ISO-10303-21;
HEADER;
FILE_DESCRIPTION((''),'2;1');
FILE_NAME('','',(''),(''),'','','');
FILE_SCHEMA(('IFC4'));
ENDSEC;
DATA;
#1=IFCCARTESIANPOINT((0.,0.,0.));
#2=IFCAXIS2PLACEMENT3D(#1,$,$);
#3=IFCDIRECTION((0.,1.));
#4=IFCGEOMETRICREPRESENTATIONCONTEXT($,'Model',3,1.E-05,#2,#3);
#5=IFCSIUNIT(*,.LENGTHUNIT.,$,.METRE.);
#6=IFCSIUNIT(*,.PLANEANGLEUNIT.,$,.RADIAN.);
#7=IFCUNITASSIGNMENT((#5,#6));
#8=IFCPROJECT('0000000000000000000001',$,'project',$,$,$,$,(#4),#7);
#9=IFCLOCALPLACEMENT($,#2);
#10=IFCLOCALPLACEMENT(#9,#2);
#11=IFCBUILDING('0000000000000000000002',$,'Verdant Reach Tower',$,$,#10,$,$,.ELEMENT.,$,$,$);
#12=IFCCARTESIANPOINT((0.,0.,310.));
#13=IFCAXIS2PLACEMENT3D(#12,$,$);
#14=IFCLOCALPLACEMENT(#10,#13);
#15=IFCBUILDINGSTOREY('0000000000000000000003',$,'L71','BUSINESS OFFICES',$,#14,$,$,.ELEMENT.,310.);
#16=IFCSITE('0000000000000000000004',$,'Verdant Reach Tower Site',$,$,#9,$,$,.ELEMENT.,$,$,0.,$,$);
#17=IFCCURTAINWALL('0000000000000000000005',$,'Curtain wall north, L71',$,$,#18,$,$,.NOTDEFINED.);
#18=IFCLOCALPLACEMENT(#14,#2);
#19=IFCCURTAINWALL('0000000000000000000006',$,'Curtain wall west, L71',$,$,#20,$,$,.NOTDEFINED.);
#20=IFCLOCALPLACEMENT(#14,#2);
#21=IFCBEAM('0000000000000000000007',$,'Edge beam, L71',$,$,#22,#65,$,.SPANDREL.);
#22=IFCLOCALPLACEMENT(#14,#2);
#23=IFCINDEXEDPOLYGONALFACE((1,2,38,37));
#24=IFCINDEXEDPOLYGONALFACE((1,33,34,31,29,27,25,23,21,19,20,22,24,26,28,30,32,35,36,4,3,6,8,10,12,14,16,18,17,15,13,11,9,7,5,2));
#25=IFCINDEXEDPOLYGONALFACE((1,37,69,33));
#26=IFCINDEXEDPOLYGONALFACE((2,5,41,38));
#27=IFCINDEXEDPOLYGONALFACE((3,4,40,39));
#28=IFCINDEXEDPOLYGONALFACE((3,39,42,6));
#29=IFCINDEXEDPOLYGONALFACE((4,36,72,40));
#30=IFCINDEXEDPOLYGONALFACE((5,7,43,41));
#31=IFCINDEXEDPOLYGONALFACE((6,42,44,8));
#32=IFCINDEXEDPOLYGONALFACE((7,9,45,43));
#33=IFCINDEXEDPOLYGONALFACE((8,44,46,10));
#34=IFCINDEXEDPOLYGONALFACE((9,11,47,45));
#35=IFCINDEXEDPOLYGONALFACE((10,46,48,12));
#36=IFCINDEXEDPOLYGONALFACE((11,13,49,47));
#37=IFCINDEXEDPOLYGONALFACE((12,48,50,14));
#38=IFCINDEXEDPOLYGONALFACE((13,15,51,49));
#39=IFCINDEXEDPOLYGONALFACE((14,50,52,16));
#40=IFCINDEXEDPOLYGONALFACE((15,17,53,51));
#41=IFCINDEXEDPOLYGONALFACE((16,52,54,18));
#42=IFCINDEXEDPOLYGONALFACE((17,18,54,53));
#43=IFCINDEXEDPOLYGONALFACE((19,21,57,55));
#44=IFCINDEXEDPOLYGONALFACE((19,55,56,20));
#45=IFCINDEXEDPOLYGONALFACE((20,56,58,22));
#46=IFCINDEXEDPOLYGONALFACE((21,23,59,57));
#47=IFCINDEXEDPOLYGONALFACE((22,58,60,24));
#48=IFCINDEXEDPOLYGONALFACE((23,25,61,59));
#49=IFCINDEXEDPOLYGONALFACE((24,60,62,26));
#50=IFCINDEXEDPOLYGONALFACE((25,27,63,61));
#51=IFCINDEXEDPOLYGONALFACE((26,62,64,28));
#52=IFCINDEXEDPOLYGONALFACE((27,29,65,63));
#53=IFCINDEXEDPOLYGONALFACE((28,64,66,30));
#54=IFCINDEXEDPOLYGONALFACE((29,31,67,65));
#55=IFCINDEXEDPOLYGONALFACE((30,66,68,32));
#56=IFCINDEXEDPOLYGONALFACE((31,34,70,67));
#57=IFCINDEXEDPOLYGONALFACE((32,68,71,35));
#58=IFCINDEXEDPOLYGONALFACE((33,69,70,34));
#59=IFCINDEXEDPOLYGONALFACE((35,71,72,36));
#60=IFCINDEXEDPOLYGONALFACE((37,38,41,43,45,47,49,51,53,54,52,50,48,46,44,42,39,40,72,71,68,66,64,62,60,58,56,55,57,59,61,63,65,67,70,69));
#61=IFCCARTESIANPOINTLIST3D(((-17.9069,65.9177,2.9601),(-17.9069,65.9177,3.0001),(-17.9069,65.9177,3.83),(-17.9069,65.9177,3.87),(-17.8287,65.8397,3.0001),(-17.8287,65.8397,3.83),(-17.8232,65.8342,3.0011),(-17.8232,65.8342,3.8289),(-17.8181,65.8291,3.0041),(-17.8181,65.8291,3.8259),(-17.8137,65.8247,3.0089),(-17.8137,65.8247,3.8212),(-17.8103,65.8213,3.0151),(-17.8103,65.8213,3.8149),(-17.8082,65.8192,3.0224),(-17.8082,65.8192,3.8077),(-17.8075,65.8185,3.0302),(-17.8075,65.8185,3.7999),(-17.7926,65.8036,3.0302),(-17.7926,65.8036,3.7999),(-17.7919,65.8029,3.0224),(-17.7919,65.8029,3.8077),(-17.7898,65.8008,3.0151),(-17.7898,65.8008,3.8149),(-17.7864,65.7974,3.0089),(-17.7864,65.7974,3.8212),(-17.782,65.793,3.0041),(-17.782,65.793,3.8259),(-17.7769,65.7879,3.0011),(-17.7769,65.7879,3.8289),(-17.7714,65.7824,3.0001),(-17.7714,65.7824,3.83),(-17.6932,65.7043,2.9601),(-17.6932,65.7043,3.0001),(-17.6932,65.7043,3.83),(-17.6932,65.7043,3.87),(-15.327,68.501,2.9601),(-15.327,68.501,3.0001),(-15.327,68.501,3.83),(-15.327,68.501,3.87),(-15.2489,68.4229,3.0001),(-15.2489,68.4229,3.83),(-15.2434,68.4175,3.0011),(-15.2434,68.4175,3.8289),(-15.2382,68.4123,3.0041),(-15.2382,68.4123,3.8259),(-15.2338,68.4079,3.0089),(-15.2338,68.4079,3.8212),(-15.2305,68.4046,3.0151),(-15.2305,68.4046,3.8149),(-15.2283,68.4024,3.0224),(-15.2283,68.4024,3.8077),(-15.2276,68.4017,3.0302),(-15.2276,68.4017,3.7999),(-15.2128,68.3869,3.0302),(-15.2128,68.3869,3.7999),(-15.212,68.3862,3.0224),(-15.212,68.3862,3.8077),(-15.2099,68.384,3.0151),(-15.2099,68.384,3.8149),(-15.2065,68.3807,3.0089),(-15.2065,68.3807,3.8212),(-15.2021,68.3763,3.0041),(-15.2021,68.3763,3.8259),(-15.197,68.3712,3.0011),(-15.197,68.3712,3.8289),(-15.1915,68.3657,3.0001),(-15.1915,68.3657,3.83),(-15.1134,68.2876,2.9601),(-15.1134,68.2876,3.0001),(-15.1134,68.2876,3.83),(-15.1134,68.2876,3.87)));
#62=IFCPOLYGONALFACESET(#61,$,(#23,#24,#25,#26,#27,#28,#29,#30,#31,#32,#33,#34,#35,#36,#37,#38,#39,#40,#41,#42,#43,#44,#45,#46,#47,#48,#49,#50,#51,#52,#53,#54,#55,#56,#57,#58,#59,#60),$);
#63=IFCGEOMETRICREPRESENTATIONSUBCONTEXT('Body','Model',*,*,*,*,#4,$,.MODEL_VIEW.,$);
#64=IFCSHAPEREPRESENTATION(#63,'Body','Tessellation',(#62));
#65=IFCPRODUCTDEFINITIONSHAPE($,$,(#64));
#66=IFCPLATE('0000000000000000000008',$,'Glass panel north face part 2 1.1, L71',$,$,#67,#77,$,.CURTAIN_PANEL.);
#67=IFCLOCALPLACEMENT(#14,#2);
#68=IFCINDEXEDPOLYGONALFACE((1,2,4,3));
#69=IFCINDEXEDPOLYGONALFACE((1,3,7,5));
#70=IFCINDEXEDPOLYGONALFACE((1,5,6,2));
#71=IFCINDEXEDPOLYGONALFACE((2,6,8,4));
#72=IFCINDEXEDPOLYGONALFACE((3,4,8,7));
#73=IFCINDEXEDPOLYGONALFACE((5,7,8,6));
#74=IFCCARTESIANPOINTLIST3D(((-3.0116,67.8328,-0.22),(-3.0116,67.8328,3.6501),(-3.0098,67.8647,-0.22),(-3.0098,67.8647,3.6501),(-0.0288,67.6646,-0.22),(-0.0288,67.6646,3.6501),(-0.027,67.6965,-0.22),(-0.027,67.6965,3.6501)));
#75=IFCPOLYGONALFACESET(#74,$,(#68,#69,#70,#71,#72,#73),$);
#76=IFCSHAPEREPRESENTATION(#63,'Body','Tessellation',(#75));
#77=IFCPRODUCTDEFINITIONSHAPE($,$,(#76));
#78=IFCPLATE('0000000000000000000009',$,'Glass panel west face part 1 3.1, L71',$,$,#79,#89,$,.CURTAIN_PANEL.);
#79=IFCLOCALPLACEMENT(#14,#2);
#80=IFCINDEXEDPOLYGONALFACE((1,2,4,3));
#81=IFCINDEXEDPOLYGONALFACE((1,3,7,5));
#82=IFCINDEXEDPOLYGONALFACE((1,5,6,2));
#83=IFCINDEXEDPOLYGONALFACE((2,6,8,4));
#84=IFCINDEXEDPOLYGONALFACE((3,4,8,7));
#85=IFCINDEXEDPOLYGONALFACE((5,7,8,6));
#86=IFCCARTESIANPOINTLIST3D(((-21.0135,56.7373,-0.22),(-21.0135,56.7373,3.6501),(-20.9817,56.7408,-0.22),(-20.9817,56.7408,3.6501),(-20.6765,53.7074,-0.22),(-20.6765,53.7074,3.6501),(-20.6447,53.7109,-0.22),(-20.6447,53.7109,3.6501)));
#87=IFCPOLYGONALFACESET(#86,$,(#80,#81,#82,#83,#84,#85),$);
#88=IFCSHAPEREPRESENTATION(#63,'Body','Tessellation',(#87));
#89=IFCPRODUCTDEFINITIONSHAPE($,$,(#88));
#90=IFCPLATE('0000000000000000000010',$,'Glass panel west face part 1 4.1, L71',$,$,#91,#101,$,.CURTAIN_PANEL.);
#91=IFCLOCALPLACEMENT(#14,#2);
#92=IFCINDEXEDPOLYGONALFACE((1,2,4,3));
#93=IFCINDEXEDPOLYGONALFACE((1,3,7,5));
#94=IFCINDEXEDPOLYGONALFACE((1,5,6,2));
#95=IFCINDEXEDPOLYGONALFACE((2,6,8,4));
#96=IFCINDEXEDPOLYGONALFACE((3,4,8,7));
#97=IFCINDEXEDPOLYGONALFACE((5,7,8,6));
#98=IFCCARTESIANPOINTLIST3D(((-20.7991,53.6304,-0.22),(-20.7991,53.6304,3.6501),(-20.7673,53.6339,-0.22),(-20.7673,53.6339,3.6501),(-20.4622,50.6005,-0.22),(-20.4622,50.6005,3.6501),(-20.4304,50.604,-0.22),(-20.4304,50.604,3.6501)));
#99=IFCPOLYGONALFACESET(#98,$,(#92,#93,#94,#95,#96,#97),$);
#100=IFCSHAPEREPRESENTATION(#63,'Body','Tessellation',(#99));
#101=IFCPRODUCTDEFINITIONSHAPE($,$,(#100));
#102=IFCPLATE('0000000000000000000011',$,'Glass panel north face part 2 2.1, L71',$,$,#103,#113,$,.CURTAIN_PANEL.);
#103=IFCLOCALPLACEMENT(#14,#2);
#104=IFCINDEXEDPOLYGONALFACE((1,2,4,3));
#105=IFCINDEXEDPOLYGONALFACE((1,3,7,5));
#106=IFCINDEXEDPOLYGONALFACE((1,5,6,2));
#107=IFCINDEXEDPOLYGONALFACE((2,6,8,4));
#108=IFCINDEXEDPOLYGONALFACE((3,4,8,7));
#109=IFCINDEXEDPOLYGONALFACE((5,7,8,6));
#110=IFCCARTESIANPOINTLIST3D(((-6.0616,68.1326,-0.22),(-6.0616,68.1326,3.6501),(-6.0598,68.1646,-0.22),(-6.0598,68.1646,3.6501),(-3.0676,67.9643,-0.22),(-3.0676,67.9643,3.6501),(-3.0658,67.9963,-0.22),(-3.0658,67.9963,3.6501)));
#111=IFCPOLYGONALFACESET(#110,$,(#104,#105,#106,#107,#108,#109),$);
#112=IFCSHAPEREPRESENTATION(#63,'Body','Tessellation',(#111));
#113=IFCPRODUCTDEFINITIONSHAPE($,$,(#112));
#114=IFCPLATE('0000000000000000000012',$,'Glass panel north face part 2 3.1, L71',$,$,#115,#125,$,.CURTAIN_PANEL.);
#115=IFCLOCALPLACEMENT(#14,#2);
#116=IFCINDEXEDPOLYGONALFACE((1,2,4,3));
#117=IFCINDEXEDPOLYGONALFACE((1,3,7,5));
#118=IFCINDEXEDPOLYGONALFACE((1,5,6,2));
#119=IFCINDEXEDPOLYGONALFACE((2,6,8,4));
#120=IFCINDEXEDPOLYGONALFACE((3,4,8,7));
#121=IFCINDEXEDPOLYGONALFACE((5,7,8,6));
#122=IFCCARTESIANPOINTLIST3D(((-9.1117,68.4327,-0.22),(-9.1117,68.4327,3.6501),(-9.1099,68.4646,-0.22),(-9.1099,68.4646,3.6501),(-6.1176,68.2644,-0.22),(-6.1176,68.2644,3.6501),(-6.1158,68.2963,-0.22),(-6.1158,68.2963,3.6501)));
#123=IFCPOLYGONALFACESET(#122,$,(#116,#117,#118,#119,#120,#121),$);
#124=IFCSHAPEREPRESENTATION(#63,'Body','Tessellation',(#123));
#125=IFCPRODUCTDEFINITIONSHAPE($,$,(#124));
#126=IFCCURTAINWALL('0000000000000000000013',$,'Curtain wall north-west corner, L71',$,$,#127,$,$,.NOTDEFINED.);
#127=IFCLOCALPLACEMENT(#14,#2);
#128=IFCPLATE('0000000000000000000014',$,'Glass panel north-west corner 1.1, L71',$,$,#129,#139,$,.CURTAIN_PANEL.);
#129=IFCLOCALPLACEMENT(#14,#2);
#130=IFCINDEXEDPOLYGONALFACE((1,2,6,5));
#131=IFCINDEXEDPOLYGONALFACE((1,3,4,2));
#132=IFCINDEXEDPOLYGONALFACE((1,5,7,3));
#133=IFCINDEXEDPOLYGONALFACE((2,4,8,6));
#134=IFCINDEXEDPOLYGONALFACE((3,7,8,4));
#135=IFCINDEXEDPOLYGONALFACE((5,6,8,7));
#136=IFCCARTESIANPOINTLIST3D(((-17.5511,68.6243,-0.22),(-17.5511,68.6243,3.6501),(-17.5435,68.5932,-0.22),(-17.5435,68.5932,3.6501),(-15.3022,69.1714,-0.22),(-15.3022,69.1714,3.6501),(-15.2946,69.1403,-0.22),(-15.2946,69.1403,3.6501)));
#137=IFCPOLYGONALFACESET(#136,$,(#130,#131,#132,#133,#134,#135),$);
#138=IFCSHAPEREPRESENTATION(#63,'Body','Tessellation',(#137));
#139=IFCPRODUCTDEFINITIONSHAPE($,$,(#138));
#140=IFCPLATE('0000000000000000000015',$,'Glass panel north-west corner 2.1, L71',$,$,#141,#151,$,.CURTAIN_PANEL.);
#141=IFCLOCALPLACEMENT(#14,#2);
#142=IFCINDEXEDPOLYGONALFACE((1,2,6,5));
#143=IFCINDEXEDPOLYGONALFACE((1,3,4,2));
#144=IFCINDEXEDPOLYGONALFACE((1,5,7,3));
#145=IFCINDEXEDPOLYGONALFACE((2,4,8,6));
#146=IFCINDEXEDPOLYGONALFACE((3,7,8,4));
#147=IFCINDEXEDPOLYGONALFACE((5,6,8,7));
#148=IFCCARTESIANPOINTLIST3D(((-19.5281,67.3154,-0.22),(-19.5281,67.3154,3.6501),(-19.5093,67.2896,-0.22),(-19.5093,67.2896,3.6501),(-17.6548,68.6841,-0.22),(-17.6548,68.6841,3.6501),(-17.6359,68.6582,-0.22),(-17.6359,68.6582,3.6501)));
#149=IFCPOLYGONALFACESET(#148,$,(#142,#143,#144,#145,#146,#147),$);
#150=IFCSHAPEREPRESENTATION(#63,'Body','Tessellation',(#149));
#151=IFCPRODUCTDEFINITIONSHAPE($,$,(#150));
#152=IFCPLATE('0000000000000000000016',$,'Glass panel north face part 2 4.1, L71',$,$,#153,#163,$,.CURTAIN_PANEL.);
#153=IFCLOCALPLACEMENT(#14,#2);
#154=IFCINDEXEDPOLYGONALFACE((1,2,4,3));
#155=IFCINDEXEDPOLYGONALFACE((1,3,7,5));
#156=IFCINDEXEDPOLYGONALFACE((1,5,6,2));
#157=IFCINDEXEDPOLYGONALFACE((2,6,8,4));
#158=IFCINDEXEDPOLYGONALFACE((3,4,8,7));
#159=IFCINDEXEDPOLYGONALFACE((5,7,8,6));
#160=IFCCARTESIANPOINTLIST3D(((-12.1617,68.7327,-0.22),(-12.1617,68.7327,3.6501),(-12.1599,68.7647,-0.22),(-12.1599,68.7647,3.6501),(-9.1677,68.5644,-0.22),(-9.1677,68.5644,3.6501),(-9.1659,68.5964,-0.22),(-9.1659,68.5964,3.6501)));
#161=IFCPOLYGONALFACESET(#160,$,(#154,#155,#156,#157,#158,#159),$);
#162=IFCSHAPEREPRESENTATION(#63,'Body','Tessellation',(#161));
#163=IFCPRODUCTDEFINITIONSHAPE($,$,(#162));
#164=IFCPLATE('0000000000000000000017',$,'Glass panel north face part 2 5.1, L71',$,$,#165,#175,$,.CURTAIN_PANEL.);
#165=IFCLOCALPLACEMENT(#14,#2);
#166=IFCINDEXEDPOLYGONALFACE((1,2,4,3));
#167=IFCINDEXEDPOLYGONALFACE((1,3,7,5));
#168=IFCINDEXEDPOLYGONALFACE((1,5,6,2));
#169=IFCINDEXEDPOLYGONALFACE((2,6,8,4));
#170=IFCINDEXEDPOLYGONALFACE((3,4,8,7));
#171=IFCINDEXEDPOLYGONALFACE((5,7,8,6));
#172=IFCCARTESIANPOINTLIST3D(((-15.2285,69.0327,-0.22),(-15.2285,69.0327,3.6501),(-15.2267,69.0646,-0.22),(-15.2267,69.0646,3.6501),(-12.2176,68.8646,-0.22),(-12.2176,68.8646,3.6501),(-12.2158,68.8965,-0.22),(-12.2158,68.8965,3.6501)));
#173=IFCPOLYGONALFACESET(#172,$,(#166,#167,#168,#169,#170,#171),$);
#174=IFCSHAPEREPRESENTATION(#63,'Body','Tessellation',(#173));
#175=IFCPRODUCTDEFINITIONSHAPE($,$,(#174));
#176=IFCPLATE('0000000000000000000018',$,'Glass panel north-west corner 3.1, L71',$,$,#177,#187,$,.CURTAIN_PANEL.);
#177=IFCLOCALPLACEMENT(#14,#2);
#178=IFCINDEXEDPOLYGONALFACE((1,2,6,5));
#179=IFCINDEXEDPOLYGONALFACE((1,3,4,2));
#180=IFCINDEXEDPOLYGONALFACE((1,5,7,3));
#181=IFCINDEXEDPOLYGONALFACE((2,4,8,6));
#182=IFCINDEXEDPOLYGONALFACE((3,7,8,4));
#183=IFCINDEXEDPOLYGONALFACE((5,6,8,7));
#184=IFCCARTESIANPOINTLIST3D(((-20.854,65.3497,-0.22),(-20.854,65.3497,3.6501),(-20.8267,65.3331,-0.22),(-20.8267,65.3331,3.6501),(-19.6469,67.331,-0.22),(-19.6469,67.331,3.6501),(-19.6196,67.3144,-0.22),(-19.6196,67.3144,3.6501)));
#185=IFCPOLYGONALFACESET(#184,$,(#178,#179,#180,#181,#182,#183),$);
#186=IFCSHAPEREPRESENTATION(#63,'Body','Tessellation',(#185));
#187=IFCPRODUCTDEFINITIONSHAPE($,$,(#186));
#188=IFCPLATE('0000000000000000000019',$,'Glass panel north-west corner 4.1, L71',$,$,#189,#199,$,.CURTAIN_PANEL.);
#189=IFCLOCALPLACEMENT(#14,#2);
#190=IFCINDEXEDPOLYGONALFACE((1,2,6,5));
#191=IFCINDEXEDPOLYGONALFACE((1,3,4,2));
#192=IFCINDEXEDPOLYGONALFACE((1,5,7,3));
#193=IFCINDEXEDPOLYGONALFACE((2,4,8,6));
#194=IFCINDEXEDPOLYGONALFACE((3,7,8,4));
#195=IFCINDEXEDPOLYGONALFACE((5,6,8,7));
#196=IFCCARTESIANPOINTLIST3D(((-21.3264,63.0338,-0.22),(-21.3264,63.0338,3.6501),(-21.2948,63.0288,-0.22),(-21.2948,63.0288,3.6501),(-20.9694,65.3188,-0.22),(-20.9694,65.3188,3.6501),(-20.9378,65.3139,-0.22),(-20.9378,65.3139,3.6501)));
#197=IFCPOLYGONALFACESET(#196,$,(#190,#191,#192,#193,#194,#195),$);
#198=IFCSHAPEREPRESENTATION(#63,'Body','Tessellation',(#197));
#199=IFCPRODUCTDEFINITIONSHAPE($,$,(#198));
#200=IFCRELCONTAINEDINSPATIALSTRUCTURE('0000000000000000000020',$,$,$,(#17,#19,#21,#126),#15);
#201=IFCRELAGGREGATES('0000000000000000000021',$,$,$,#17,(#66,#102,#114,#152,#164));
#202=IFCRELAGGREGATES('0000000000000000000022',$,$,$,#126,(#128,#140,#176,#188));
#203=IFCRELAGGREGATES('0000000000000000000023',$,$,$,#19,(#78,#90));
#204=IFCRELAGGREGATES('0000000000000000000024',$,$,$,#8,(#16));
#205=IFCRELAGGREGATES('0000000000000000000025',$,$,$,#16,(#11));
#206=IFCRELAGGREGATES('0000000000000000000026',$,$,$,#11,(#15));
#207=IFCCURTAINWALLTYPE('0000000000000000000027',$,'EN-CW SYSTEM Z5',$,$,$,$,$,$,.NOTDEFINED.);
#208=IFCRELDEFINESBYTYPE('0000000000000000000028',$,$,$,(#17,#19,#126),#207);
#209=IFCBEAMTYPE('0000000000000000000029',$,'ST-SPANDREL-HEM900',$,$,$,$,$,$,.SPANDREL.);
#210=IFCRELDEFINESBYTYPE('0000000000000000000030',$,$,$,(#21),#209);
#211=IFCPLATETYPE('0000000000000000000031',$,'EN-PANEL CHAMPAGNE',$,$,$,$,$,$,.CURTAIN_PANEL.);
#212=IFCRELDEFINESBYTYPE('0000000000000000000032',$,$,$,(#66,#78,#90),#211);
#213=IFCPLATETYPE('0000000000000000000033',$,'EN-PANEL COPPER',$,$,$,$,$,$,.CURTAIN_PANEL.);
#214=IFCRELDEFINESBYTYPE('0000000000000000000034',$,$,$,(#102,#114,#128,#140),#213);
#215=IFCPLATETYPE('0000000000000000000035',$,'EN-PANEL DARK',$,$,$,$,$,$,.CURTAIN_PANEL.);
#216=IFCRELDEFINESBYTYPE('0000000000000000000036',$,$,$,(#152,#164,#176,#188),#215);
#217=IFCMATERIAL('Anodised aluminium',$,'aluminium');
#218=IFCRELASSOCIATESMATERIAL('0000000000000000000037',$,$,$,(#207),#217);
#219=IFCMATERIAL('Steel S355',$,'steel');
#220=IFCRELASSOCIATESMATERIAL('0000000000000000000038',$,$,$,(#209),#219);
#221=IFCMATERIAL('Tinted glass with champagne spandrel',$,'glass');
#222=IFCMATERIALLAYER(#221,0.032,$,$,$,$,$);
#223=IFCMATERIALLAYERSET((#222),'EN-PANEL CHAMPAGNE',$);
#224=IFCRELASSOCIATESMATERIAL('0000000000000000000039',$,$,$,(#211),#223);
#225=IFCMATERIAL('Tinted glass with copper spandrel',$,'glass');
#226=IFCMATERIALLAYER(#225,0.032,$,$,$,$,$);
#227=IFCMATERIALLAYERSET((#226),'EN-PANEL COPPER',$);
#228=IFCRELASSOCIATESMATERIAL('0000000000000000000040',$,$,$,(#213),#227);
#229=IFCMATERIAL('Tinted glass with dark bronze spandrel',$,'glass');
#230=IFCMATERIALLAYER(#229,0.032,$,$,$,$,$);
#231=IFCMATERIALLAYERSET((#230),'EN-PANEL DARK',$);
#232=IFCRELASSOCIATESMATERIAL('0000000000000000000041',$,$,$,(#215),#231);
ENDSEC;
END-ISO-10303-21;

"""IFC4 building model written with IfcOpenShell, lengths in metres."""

from ifc_helpers import new_model, si_unit, direction, frame, origin, origin_2d, place, context, subcontext, project, spatial, rectangle, i_section, extrude, material, layer, layer_set, material_profile, profile_set, type_object, element, aggregate, save


model = new_model("IFC4")

# Units and contexts
model_context = context("Model", 3, precision=1e-05, world=origin(), true_north=direction((0.0, 1.0)))
body_context = subcontext(model_context, "Body", "Model", "MODEL_VIEW")
ifc_project = project(units=[si_unit("LENGTHUNIT", "METRE"), si_unit("PLANEANGLEUNIT", "RADIAN")], contexts=[model_context])

# Site, building, storey
site_placement = place(None, origin())
site = spatial("IfcSite", under=ifc_project, at=site_placement, Name="Verdant Reach Tower Site", CompositionType="ELEMENT", RefElevation=0.0)
building_placement = place(site_placement, origin())
building = spatial("IfcBuilding", under=site, at=building_placement, Name="Verdant Reach Tower", CompositionType="ELEMENT")
storey_placement = place(building_placement, frame((0.0, 0.0, 310.0)))
storey = spatial("IfcBuildingStorey", under=building, at=storey_placement, Name="L71", Description="BUSINESS OFFICES", CompositionType="ELEMENT", Elevation=310.0)

# Curtain walls
ifc_material_1 = material(Name="Anodised aluminium", Category="aluminium")
curtain_wall_type = type_object("IfcCurtainWallType", Name="EN-CW SYSTEM Z5", PredefinedType="NOTDEFINED", material=ifc_material_1)
curtain_wall_1_placement = place(storey_placement, origin())
curtain_wall_1 = element("IfcCurtainWall", 1, at=curtain_wall_1_placement, inside=storey, type_object=curtain_wall_type, Name="Curtain wall north, L71", PredefinedType="NOTDEFINED")
curtain_wall_2_placement = place(storey_placement, origin())
curtain_wall_2 = element("IfcCurtainWall", 2, at=curtain_wall_2_placement, inside=storey, type_object=curtain_wall_type, Name="Curtain wall west, L71", PredefinedType="NOTDEFINED")

# Beam
ifc_material_2 = material(Name="Steel S355", Category="steel")
ifc_material_profile_1 = material_profile(ifc_material_2, i_section(OverallWidth=0.302, OverallDepth=0.9099, WebThickness=0.021, FlangeThickness=0.04, FilletRadius=0.03, at=origin_2d()), Name="HEM 900")
ifc_profile_set_1 = profile_set([ifc_material_profile_1], Name="Steel S355")
beam_type_1 = type_object("IfcBeamType", Name="ST-SPANDREL-HEM900", PredefinedType="SPANDREL", material=ifc_profile_set_1)
beam_1_placement = place(storey_placement, frame((-17.8, 65.811, 3.415), z_axis=(0.706639, 0.707575, 0.0), x_axis=(-0.707575, 0.706639, 0.0)))
element("IfcBeam", 3, at=beam_1_placement, inside=storey, type_object=beam_type_1, Name="Edge beam, L71", PredefinedType="SPANDREL", context=body_context, shape_type="SweptSolid", body=[
    extrude(i_section(OverallWidth=0.302, OverallDepth=0.9099, WebThickness=0.021, FlangeThickness=0.04, FilletRadius=0.03, at=origin_2d()), origin(), (0.0, 0.0, 1.0), 3.6509),
])

# Plates
ifc_material_3 = material(Name="Tinted glass with champagne spandrel", Category="glass")
ifc_layer_1 = layer(ifc_material_3, 0.032)
ifc_layer_set_1 = layer_set([ifc_layer_1], Name="EN-PANEL CHAMPAGNE")
plate_type_1 = type_object("IfcPlateType", Name="EN-PANEL CHAMPAGNE", PredefinedType="CURTAIN_PANEL", material=ifc_layer_set_1)
plate_1_placement = place(storey_placement, frame((-1.5193, 67.7646, -0.22), z_axis=(0.0, 0.0, 1.0), x_axis=(-0.998413, 0.056308, 0.0)))
plate_1 = element("IfcPlate", 4, at=plate_1_placement, type_object=plate_type_1, Name="Glass panel north face part 2 1.1, L71", PredefinedType="CURTAIN_PANEL", context=body_context, shape_type="SweptSolid", body=[
    extrude(rectangle(XDim=2.9875, YDim=0.032, at=origin_2d()), origin(), (0.0, 0.0, 1.0), 3.8701),
])
plate_2_placement = place(storey_placement, frame((-20.8291, 55.2241, -0.22), z_axis=(0.0, 0.0, 1.0), x_axis=(0.110518, -0.993874, 0.0)))
plate_2 = element("IfcPlate", 5, at=plate_2_placement, type_object=plate_type_1, Name="Glass panel west face part 1 3.1, L71", PredefinedType="CURTAIN_PANEL", context=body_context, shape_type="SweptSolid", body=[
    extrude(rectangle(XDim=3.0486, YDim=0.032, at=origin_2d()), origin(), (0.0, 0.0, 1.0), 3.8701),
])
plate_3_placement = place(storey_placement, frame((-20.6147, 52.1172, -0.22), z_axis=(0.0, 0.0, 1.0), x_axis=(0.110518, -0.993874, 0.0)))
plate_3 = element("IfcPlate", 6, at=plate_3_placement, type_object=plate_type_1, Name="Glass panel west face part 1 4.1, L71", PredefinedType="CURTAIN_PANEL", context=body_context, shape_type="SweptSolid", body=[
    extrude(rectangle(XDim=3.0486, YDim=0.032, at=origin_2d()), origin(), (0.0, 0.0, 1.0), 3.8701),
])
ifc_material_4 = material(Name="Tinted glass with copper spandrel", Category="glass")
ifc_layer_2 = layer(ifc_material_4, 0.032)
ifc_layer_set_2 = layer_set([ifc_layer_2], Name="EN-PANEL COPPER")
plate_type_2 = type_object("IfcPlateType", Name="EN-PANEL COPPER", PredefinedType="CURTAIN_PANEL", material=ifc_layer_set_2)
plate_4_placement = place(storey_placement, frame((-4.5637, 68.0645, -0.22), z_axis=(0.0, 0.0, 1.0), x_axis=(-0.998424, 0.056128, 0.0)))
plate_4 = element("IfcPlate", 7, at=plate_4_placement, type_object=plate_type_2, Name="Glass panel north face part 2 2.1, L71", PredefinedType="CURTAIN_PANEL", context=body_context, shape_type="SweptSolid", body=[
    extrude(rectangle(XDim=2.9988, YDim=0.032, at=origin_2d()), origin(), (0.0, 0.0, 1.0), 3.8701),
])
plate_5_placement = place(storey_placement, frame((-7.6138, 68.3645, -0.22), z_axis=(0.0, 0.0, 1.0), x_axis=(-0.998424, 0.056128, 0.0)))
plate_5 = element("IfcPlate", 8, at=plate_5_placement, type_object=plate_type_2, Name="Glass panel north face part 2 3.1, L71", PredefinedType="CURTAIN_PANEL", context=body_context, shape_type="SweptSolid", body=[
    extrude(rectangle(XDim=2.9988, YDim=0.032, at=origin_2d()), origin(), (0.0, 0.0, 1.0), 3.8701),
])

# Curtain wall, plates
curtain_wall_3_placement = place(storey_placement, origin())
curtain_wall_3 = element("IfcCurtainWall", 9, at=curtain_wall_3_placement, inside=storey, type_object=curtain_wall_type, Name="Curtain wall north-west corner, L71", PredefinedType="NOTDEFINED")
plate_6_placement = place(storey_placement, frame((-16.4229, 68.8823, -0.22), z_axis=(0.0, 0.0, 1.0), x_axis=(-0.971662, -0.236376, 0.0)))
plate_6 = element("IfcPlate", 10, at=plate_6_placement, type_object=plate_type_2, Name="Glass panel north-west corner 1.1, L71", PredefinedType="CURTAIN_PANEL", context=body_context, shape_type="SweptSolid", body=[
    extrude(rectangle(XDim=2.3145, YDim=0.032, at=origin_2d()), origin(), (0.0, 0.0, 1.0), 3.8701),
])
plate_7_placement = place(storey_placement, frame((-18.582, 67.9868, -0.22), z_axis=(0.0, 0.0, 1.0), x_axis=(-0.807457, -0.589927, 0.0)))
plate_7 = element("IfcPlate", 11, at=plate_7_placement, type_object=plate_type_2, Name="Glass panel north-west corner 2.1, L71", PredefinedType="CURTAIN_PANEL", context=body_context, shape_type="SweptSolid", body=[
    extrude(rectangle(XDim=2.3201, YDim=0.032, at=origin_2d()), origin(), (0.0, 0.0, 1.0), 3.8701),
])

# Plates
ifc_material_5 = material(Name="Tinted glass with dark bronze spandrel", Category="glass")
ifc_layer_3 = layer(ifc_material_5, 0.032)
ifc_layer_set_3 = layer_set([ifc_layer_3], Name="EN-PANEL DARK")
plate_type_3 = type_object("IfcPlateType", Name="EN-PANEL DARK", PredefinedType="CURTAIN_PANEL", material=ifc_layer_set_3)
plate_8_placement = place(storey_placement, frame((-10.6638, 68.6646, -0.22), z_axis=(0.0, 0.0, 1.0), x_axis=(-0.998424, 0.056128, 0.0)))
plate_8 = element("IfcPlate", 12, at=plate_8_placement, type_object=plate_type_3, Name="Glass panel north face part 2 4.1, L71", PredefinedType="CURTAIN_PANEL", context=body_context, shape_type="SweptSolid", body=[
    extrude(rectangle(XDim=2.9988, YDim=0.032, at=origin_2d()), origin(), (0.0, 0.0, 1.0), 3.8701),
])
plate_9_placement = place(storey_placement, frame((-13.7222, 68.9646, -0.22), z_axis=(0.0, 0.0, 1.0), x_axis=(-0.998446, 0.055725, 0.0)))
plate_9 = element("IfcPlate", 13, at=plate_9_placement, type_object=plate_type_3, Name="Glass panel north face part 2 5.1, L71", PredefinedType="CURTAIN_PANEL", context=body_context, shape_type="SweptSolid", body=[
    extrude(rectangle(XDim=3.0156, YDim=0.032, at=origin_2d()), origin(), (0.0, 0.0, 1.0), 3.8701),
])
aggregate(curtain_wall_1, [plate_1, plate_4, plate_5, plate_8, plate_9])
plate_10_placement = place(storey_placement, frame((-20.2368, 66.332, -0.22), z_axis=(0.0, 0.0, 1.0), x_axis=(-0.520292, -0.853989, 0.0)))
plate_10 = element("IfcPlate", 14, at=plate_10_placement, type_object=plate_type_3, Name="Glass panel north-west corner 3.1, L71", PredefinedType="CURTAIN_PANEL", context=body_context, shape_type="SweptSolid", body=[
    extrude(rectangle(XDim=2.3201, YDim=0.032, at=origin_2d()), origin(), (0.0, 0.0, 1.0), 3.8701),
])
plate_11_placement = place(storey_placement, frame((-21.1321, 64.1738, -0.22), z_axis=(0.0, 0.0, 1.0), x_axis=(-0.154337, -0.988018, 0.0)))
plate_11 = element("IfcPlate", 15, at=plate_11_placement, type_object=plate_type_3, Name="Glass panel north-west corner 4.1, L71", PredefinedType="CURTAIN_PANEL", context=body_context, shape_type="SweptSolid", body=[
    extrude(rectangle(XDim=2.3127, YDim=0.032, at=origin_2d()), origin(), (0.0, 0.0, 1.0), 3.8701),
])
aggregate(curtain_wall_3, [plate_6, plate_7, plate_10, plate_11])
aggregate(curtain_wall_2, [plate_2, plate_3])

save(model, "model.ifc")
